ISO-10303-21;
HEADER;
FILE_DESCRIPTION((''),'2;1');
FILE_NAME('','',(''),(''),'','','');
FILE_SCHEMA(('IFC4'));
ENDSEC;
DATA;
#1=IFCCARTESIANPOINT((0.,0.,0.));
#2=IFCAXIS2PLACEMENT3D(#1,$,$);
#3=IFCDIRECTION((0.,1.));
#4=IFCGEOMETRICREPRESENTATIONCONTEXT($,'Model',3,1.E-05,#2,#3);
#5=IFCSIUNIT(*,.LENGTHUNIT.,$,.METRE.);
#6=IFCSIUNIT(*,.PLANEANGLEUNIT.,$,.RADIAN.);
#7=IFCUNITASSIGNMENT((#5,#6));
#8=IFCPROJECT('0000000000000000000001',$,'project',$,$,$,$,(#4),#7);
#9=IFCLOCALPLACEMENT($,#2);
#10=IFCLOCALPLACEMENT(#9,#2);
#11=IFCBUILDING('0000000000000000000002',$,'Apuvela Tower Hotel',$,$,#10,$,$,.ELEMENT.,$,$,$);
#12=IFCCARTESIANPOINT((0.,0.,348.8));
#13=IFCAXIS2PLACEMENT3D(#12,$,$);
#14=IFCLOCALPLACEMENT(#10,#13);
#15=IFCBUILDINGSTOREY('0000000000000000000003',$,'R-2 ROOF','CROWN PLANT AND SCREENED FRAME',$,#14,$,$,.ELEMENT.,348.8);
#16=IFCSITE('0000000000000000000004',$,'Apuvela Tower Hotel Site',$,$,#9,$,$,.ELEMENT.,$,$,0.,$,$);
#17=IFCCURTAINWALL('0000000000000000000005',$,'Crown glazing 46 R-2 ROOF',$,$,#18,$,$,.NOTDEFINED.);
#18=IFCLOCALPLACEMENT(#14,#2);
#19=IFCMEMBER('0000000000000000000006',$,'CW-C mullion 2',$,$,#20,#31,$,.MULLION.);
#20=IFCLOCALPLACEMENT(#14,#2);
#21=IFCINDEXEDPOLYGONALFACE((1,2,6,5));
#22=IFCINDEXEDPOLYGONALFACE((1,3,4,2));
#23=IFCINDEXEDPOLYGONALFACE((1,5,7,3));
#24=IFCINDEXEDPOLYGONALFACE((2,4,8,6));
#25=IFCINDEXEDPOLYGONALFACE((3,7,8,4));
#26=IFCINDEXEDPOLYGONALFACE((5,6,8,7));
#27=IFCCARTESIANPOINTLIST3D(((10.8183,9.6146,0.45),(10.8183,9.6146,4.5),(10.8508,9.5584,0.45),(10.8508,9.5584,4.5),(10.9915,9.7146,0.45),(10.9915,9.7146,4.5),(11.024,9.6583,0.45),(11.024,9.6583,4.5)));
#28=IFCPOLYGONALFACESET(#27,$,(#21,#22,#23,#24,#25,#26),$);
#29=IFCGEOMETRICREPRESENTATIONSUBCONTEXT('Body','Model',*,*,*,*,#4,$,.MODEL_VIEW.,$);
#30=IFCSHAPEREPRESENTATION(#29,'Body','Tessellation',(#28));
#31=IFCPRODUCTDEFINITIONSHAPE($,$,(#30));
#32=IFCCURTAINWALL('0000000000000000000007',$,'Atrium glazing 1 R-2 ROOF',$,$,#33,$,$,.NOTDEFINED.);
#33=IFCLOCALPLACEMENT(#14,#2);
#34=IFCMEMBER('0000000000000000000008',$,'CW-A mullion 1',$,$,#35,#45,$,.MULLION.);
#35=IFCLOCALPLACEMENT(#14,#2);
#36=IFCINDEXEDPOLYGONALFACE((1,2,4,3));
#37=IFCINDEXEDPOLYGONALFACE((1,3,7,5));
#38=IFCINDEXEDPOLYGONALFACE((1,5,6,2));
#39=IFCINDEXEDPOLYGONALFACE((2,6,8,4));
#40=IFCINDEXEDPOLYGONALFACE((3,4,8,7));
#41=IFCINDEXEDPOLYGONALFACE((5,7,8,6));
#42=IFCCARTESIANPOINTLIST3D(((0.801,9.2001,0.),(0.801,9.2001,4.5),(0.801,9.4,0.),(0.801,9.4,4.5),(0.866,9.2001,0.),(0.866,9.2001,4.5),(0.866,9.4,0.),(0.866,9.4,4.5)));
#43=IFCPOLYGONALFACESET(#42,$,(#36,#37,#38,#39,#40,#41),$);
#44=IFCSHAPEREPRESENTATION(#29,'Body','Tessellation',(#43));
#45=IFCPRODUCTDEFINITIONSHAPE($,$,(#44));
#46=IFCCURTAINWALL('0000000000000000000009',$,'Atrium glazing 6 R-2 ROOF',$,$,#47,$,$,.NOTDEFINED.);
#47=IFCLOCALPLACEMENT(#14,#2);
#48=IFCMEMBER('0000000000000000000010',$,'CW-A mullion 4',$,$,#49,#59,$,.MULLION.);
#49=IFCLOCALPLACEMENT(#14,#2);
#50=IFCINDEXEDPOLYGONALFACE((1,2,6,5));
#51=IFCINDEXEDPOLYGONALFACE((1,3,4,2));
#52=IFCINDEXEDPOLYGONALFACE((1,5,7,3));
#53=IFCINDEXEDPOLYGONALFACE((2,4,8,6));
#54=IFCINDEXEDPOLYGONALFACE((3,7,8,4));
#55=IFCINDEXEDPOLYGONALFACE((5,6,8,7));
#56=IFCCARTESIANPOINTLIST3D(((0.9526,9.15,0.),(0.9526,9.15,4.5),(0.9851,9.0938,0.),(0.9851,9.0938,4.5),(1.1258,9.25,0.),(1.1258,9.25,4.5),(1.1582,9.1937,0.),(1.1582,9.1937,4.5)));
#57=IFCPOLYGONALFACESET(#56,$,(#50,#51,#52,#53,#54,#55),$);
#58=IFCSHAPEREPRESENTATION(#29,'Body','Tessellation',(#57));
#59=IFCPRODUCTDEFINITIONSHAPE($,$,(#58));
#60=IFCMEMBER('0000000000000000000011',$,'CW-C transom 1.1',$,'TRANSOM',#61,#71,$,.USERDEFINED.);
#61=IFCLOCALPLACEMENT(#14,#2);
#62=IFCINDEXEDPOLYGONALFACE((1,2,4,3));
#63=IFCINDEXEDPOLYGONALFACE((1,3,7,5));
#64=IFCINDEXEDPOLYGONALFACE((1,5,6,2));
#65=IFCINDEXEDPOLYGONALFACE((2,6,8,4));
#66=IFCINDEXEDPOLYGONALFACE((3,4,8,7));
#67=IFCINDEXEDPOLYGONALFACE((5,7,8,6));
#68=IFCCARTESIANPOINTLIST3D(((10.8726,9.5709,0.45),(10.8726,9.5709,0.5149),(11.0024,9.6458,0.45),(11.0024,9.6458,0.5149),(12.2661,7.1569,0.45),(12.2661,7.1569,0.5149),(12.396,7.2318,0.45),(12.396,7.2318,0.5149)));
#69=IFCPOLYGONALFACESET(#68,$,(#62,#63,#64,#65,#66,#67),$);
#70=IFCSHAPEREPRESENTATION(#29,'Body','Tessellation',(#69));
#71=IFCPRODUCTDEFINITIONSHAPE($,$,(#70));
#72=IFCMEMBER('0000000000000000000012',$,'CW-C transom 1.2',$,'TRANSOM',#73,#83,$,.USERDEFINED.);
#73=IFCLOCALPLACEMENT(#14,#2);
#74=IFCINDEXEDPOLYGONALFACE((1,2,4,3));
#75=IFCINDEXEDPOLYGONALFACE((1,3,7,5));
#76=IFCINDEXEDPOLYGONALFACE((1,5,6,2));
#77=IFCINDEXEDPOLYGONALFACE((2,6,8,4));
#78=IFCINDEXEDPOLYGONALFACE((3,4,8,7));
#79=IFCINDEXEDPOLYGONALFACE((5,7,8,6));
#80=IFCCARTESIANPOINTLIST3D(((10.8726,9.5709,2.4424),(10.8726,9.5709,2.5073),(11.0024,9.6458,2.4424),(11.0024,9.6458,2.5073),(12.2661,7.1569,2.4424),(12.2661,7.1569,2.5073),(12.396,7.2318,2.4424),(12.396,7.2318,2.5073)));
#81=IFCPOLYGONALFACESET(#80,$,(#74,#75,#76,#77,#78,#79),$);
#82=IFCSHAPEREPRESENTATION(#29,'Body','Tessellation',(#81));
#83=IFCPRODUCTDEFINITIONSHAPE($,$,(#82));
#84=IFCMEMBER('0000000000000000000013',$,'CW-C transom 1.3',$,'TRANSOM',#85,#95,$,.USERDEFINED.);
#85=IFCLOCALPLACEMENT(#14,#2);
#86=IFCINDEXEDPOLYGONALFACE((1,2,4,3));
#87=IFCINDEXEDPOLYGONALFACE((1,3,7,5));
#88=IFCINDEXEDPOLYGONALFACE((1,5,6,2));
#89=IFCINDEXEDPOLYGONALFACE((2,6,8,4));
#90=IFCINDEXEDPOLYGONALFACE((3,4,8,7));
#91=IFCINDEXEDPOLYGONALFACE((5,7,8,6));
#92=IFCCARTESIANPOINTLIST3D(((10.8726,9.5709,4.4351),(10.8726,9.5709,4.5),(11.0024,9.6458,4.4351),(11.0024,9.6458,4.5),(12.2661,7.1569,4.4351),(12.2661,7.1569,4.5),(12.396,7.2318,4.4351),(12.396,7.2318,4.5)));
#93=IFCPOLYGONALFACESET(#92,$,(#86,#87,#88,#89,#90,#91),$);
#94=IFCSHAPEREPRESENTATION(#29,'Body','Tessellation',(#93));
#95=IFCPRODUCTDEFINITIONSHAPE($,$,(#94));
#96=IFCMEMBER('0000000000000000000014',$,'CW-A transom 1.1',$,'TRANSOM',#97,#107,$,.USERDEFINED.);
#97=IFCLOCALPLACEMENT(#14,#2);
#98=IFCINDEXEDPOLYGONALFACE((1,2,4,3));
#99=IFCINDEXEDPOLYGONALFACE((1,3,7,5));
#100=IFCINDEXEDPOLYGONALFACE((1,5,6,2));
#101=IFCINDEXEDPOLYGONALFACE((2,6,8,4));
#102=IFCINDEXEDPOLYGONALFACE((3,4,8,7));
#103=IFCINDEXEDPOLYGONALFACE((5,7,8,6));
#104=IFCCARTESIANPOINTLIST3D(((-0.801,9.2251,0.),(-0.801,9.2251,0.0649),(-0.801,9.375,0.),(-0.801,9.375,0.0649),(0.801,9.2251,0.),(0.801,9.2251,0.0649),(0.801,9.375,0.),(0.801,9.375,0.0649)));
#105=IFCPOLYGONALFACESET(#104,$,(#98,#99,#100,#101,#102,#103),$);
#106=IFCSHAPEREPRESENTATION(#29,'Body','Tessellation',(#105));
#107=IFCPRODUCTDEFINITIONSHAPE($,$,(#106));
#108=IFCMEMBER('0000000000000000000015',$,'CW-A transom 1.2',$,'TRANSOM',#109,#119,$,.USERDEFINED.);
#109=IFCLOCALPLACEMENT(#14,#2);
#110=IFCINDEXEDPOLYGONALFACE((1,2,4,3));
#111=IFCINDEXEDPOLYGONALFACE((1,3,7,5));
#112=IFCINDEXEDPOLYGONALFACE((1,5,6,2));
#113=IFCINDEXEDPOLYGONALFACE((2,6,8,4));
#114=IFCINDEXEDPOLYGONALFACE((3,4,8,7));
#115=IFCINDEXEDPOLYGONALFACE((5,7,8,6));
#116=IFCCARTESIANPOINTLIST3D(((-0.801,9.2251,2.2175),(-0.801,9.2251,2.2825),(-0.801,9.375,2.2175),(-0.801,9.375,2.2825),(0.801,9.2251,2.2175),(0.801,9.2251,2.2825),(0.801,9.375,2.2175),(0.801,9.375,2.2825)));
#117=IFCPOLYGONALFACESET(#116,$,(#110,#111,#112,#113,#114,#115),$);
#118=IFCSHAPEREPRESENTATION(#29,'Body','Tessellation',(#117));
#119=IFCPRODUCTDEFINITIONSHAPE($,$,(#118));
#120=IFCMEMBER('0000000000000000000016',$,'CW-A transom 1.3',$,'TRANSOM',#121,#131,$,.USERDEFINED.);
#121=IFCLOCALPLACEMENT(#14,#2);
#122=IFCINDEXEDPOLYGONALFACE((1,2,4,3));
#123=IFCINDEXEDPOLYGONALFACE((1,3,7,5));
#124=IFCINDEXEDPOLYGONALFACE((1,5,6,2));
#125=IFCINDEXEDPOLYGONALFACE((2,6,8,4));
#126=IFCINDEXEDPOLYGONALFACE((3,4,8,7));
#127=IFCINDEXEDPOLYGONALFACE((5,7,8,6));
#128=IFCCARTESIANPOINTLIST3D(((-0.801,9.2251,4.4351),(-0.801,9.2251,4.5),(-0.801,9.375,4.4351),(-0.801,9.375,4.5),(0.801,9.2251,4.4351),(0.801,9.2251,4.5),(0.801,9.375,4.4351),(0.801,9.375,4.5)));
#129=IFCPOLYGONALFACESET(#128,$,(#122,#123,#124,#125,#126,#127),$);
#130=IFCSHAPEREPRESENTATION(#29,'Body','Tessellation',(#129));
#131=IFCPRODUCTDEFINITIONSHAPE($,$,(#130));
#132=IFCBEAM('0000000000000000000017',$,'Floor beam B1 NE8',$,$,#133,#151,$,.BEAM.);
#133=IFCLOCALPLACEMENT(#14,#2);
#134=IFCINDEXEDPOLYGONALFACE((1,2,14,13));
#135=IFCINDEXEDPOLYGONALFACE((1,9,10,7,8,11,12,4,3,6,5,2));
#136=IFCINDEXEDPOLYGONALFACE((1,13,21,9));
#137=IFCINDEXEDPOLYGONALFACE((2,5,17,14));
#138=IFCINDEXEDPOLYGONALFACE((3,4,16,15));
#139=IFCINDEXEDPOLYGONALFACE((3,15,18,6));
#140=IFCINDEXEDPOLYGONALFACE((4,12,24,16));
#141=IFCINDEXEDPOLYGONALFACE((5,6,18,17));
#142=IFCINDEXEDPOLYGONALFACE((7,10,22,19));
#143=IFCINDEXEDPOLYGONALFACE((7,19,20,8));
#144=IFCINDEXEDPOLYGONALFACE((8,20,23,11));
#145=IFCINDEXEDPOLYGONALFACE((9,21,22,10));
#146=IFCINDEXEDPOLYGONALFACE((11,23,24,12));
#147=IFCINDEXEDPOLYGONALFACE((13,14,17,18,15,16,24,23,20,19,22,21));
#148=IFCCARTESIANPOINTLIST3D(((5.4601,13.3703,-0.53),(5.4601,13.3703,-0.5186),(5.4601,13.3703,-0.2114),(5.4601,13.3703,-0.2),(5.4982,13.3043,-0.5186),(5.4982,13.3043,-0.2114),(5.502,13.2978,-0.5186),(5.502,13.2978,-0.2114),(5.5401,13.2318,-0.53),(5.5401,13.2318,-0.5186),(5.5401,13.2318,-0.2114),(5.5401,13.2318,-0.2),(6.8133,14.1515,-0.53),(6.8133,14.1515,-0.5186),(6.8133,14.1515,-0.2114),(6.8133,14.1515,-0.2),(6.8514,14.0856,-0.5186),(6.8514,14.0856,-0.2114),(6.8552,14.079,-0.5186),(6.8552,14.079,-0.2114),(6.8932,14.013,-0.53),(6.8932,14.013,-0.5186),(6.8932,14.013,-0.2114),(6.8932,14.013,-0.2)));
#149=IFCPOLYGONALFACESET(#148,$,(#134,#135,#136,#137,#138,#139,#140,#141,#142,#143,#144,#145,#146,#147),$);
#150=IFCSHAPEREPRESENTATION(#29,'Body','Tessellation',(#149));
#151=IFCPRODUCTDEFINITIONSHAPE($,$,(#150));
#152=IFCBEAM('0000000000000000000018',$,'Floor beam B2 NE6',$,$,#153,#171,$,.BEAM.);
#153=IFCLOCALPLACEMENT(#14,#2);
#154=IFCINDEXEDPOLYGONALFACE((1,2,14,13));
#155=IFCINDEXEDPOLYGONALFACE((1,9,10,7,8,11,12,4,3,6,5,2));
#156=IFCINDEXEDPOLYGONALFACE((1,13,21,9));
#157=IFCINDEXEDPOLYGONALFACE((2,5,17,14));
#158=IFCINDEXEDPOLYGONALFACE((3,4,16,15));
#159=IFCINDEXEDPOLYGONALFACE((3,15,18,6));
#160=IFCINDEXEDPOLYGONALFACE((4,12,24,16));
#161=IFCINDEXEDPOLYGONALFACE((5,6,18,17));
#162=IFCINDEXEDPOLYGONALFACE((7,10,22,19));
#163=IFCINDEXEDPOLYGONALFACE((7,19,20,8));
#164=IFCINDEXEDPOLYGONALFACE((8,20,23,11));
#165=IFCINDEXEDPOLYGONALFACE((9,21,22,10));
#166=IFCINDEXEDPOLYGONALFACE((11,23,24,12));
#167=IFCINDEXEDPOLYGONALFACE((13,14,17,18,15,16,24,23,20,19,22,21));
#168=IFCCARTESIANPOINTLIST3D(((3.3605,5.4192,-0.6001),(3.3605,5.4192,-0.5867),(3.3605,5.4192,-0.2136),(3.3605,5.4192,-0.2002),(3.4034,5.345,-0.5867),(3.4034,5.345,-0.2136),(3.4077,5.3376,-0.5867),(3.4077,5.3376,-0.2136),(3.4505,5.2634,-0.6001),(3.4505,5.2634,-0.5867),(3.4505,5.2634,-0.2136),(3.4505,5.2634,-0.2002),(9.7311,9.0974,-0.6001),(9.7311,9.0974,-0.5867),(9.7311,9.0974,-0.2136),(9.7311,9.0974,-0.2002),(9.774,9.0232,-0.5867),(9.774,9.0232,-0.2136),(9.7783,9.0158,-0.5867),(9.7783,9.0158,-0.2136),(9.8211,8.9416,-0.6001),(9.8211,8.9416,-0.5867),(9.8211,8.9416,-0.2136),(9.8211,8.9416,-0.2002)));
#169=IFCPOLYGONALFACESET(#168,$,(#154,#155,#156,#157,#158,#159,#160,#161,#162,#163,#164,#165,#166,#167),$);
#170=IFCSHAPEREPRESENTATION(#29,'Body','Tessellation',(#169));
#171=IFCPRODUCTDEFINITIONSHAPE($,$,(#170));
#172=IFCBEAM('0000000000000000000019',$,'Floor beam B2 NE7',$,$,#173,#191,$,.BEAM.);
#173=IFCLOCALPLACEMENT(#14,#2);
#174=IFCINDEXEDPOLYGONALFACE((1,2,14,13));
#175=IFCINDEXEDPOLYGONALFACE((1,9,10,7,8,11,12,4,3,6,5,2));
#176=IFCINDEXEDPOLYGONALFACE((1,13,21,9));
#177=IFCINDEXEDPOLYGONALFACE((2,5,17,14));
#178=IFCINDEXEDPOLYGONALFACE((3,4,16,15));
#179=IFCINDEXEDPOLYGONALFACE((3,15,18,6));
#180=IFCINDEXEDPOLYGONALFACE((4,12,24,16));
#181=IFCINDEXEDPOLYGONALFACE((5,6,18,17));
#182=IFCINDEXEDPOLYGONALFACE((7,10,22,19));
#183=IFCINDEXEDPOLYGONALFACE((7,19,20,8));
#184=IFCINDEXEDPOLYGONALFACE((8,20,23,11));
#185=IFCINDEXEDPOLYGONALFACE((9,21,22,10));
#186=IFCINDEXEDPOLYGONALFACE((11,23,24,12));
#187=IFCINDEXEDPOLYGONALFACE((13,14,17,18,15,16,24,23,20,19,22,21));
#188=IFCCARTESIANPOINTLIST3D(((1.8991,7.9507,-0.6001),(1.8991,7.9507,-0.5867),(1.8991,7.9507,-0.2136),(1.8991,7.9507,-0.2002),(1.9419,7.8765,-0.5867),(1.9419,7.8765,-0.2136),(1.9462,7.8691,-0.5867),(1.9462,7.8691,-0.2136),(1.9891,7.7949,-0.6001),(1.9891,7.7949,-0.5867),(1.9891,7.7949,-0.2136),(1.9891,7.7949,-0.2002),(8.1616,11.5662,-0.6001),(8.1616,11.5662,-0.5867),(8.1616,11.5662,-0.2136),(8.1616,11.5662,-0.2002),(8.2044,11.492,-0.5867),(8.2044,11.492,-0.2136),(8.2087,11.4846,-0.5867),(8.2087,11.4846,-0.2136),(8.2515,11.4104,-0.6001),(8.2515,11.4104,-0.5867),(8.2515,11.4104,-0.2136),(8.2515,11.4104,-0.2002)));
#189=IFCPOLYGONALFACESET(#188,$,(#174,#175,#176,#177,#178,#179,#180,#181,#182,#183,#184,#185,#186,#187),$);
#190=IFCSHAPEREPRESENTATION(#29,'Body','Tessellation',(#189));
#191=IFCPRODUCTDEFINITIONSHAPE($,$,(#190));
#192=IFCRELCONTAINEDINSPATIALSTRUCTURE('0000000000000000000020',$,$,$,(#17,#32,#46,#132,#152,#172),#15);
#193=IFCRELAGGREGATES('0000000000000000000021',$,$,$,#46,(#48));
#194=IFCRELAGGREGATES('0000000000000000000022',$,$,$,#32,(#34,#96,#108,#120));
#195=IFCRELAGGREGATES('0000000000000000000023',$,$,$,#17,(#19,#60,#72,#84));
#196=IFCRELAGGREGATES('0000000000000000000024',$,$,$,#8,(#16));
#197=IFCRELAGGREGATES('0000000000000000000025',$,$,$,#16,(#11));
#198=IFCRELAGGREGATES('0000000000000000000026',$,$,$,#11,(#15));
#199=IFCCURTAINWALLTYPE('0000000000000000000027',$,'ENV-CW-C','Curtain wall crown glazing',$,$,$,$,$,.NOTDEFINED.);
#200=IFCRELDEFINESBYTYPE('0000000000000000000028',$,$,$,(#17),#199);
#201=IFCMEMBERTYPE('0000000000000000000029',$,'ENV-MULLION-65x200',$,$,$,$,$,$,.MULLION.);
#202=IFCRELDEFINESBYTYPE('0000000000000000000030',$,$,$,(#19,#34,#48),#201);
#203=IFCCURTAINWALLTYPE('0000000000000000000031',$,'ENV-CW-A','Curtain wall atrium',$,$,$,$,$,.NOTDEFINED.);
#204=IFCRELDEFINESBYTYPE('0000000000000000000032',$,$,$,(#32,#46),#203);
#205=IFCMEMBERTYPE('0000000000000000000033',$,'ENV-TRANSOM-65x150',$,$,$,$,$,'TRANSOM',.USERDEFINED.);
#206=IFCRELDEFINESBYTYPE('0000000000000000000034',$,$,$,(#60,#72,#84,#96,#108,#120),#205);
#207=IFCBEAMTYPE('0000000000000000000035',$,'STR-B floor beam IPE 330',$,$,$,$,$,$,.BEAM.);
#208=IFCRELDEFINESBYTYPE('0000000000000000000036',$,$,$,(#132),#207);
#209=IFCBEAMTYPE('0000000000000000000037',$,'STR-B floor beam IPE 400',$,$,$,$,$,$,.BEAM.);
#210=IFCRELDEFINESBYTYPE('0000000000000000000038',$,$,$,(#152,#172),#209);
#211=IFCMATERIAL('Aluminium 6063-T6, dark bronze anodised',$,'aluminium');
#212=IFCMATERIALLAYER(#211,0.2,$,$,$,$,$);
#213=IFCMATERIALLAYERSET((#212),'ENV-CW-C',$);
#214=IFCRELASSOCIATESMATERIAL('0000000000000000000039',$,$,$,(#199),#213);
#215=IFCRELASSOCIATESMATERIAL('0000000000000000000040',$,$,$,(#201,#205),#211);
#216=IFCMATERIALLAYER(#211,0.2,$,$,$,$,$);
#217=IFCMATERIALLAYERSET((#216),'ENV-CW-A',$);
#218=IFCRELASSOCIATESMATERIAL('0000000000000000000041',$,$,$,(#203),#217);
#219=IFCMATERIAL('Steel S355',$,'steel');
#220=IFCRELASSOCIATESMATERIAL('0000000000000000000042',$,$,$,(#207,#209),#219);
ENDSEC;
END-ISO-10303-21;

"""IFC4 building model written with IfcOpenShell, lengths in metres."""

from ifc_helpers import new_model, si_unit, direction, frame, origin, origin_2d, place, context, subcontext, project, spatial, rectangle, i_section, extrude, material, layer, layer_set, material_profile, profile_set, type_object, element, aggregate, save


model = new_model("IFC4")

# Units and contexts
model_context = context("Model", 3, precision=1e-05, world=origin(), true_north=direction((0.0, 1.0)))
body_context = subcontext(model_context, "Body", "Model", "MODEL_VIEW")
ifc_project = project(units=[si_unit("LENGTHUNIT", "METRE"), si_unit("PLANEANGLEUNIT", "RADIAN")], contexts=[model_context])

# Site, building, storey
site_placement = place(None, origin())
site = spatial("IfcSite", under=ifc_project, at=site_placement, Name="Apuvela Tower Hotel Site", CompositionType="ELEMENT", RefElevation=0.0)
building_placement = place(site_placement, origin())
building = spatial("IfcBuilding", under=site, at=building_placement, Name="Apuvela Tower Hotel", CompositionType="ELEMENT")
storey_placement = place(building_placement, frame((0.0, 0.0, 348.8)))
storey = spatial("IfcBuildingStorey", under=building, at=storey_placement, Name="R-2 ROOF", Description="CROWN PLANT AND SCREENED FRAME", CompositionType="ELEMENT", Elevation=348.8)

# Curtain walls, members
ifc_material_1 = material(Name="Aluminium 6063-T6, dark bronze anodised", Category="aluminium")
ifc_layer_1 = layer(ifc_material_1, 0.2)
ifc_layer_set_1 = layer_set([ifc_layer_1], Name="ENV-CW-C")
curtain_wall_type_1 = type_object("IfcCurtainWallType", Name="ENV-CW-C", Description="Curtain wall crown glazing", PredefinedType="NOTDEFINED", material=ifc_layer_set_1)
curtain_wall_1_placement = place(storey_placement, origin())
curtain_wall_1 = element("IfcCurtainWall", 1, at=curtain_wall_1_placement, inside=storey, type_object=curtain_wall_type_1, Name="Crown glazing 46 R-2 ROOF", PredefinedType="NOTDEFINED")
ifc_material_profile_1 = material_profile(ifc_material_1, rectangle(XDim=0.2, YDim=0.0649, at=origin_2d()), Name="AL 65x200")
ifc_profile_set_1 = profile_set([ifc_material_profile_1], Name="Aluminium 6063-T6, dark bronze anodised")
member_type_1 = type_object("IfcMemberType", Name="ENV-MULLION-65x200", PredefinedType="MULLION", material=ifc_profile_set_1)
member_1_placement = place(storey_placement, frame((10.9211, 9.6365, 0.45), z_axis=(0.0, 0.0, 1.0), x_axis=(-0.866022, -0.500006, 0.0)))
member_1 = element("IfcMember", 2, at=member_1_placement, type_object=member_type_1, Name="CW-C mullion 2", PredefinedType="MULLION", context=body_context, shape_type="SweptSolid", body=[
    extrude(rectangle(XDim=0.2, YDim=0.0649, at=origin_2d()), origin(), (0.0, 0.0, 1.0), 4.05),
])
ifc_layer_2 = layer(ifc_material_1, 0.2)
ifc_layer_set_2 = layer_set([ifc_layer_2], Name="ENV-CW-A")
curtain_wall_type_2 = type_object("IfcCurtainWallType", Name="ENV-CW-A", Description="Curtain wall atrium", PredefinedType="NOTDEFINED", material=ifc_layer_set_2)
curtain_wall_2_placement = place(storey_placement, origin())
curtain_wall_2 = element("IfcCurtainWall", 3, at=curtain_wall_2_placement, inside=storey, type_object=curtain_wall_type_2, Name="Atrium glazing 1 R-2 ROOF", PredefinedType="NOTDEFINED")
member_2_placement = place(storey_placement, frame((0.8335, 9.3, 0.0), z_axis=(0.0, 0.0, 1.0), x_axis=(0.0, -1.0, 0.0)))
member_2 = element("IfcMember", 4, at=member_2_placement, type_object=member_type_1, Name="CW-A mullion 1", PredefinedType="MULLION", context=body_context, shape_type="SweptSolid", body=[
    extrude(rectangle(XDim=0.2, YDim=0.0649, at=origin_2d()), origin(), (0.0, 0.0, 1.0), 4.5),
])
curtain_wall_3_placement = place(storey_placement, origin())
curtain_wall_3 = element("IfcCurtainWall", 5, at=curtain_wall_3_placement, inside=storey, type_object=curtain_wall_type_2, Name="Atrium glazing 6 R-2 ROOF", PredefinedType="NOTDEFINED")
member_3_placement = place(storey_placement, frame((1.0554, 9.1719, 0.0), z_axis=(0.0, 0.0, 1.0), x_axis=(-0.866026, -0.499999, 0.0)))
member_3 = element("IfcMember", 6, at=member_3_placement, type_object=member_type_1, Name="CW-A mullion 4", PredefinedType="MULLION", context=body_context, shape_type="SweptSolid", body=[
    extrude(rectangle(XDim=0.2, YDim=0.0649, at=origin_2d()), origin(), (0.0, 0.0, 1.0), 4.5),
])
aggregate(curtain_wall_3, [member_3])

# Members
ifc_material_profile_2 = material_profile(ifc_material_1, rectangle(XDim=0.1499, YDim=0.0649, at=origin_2d()), Name="AL 65x150 transom")
ifc_profile_set_2 = profile_set([ifc_material_profile_2], Name="Aluminium 6063-T6, dark bronze anodised")
member_type_2 = type_object("IfcMemberType", Name="ENV-TRANSOM-65x150", ElementType="TRANSOM", PredefinedType="USERDEFINED", material=ifc_profile_set_2)
member_4_placement = place(storey_placement, frame((12.3311, 7.1943, 0.4824), z_axis=(-0.499945, 0.866057, 0.0), x_axis=(-0.866057, -0.499945, 0.0)))
member_4 = element("IfcMember", 7, at=member_4_placement, type_object=member_type_2, Name="CW-C transom 1.1", ObjectType="TRANSOM", PredefinedType="USERDEFINED", context=body_context, shape_type="SweptSolid", body=[
    extrude(rectangle(XDim=0.1499, YDim=0.0649, at=origin_2d()), origin(), (0.0, 0.0, 1.0), 2.7874),
])
member_5_placement = place(storey_placement, frame((12.3311, 7.1943, 2.4749), z_axis=(-0.499945, 0.866057, 0.0), x_axis=(-0.866057, -0.499945, 0.0)))
member_5 = element("IfcMember", 8, at=member_5_placement, type_object=member_type_2, Name="CW-C transom 1.2", ObjectType="TRANSOM", PredefinedType="USERDEFINED", context=body_context, shape_type="SweptSolid", body=[
    extrude(rectangle(XDim=0.1499, YDim=0.0649, at=origin_2d()), origin(), (0.0, 0.0, 1.0), 2.7874),
])
member_6_placement = place(storey_placement, frame((12.3311, 7.1943, 4.4675), z_axis=(-0.499945, 0.866057, 0.0), x_axis=(-0.866057, -0.499945, 0.0)))
member_6 = element("IfcMember", 9, at=member_6_placement, type_object=member_type_2, Name="CW-C transom 1.3", ObjectType="TRANSOM", PredefinedType="USERDEFINED", context=body_context, shape_type="SweptSolid", body=[
    extrude(rectangle(XDim=0.1499, YDim=0.0649, at=origin_2d()), origin(), (0.0, 0.0, 1.0), 2.7874),
])
member_7_placement = place(storey_placement, frame((0.801, 9.3, 0.0325), z_axis=(-1.0, 0.0, 0.0), x_axis=(0.0, -1.0, 0.0)))
member_7 = element("IfcMember", 10, at=member_7_placement, type_object=member_type_2, Name="CW-A transom 1.1", ObjectType="TRANSOM", PredefinedType="USERDEFINED", context=body_context, shape_type="SweptSolid", body=[
    extrude(rectangle(XDim=0.1499, YDim=0.0649, at=origin_2d()), origin(), (0.0, 0.0, 1.0), 1.6021),
])
member_8_placement = place(storey_placement, frame((0.801, 9.3, 2.25), z_axis=(-1.0, 0.0, 0.0), x_axis=(0.0, -1.0, 0.0)))
member_8 = element("IfcMember", 11, at=member_8_placement, type_object=member_type_2, Name="CW-A transom 1.2", ObjectType="TRANSOM", PredefinedType="USERDEFINED", context=body_context, shape_type="SweptSolid", body=[
    extrude(rectangle(XDim=0.1499, YDim=0.0649, at=origin_2d()), origin(), (0.0, 0.0, 1.0), 1.6021),
])
member_9_placement = place(storey_placement, frame((0.801, 9.3, 4.4675), z_axis=(-1.0, 0.0, 0.0), x_axis=(0.0, -1.0, 0.0)))
member_9 = element("IfcMember", 12, at=member_9_placement, type_object=member_type_2, Name="CW-A transom 1.3", ObjectType="TRANSOM", PredefinedType="USERDEFINED", context=body_context, shape_type="SweptSolid", body=[
    extrude(rectangle(XDim=0.1499, YDim=0.0649, at=origin_2d()), origin(), (0.0, 0.0, 1.0), 1.6021),
])
aggregate(curtain_wall_2, [member_2, member_7, member_8, member_9])

# Beams
ifc_material_2 = material(Name="Steel S355", Category="steel")
ifc_material_profile_3 = material_profile(ifc_material_2, i_section(OverallWidth=0.1599, OverallDepth=0.3301, WebThickness=0.0076, FlangeThickness=0.0115, at=origin_2d()), Name="IPE 330")
ifc_profile_set_3 = profile_set([ifc_material_profile_3], Name="Steel S355")
beam_type_1 = type_object("IfcBeamType", Name="STR-B floor beam IPE 330", PredefinedType="BEAM", material=ifc_profile_set_3)
beam_1_placement = place(storey_placement, frame((6.8533, 14.0823, -0.365), z_axis=(-0.866042, -0.49997, 0.0), x_axis=(0.49997, -0.866042, 0.0)))
element("IfcBeam", 13, at=beam_1_placement, inside=storey, type_object=beam_type_1, Name="Floor beam B1 NE8", PredefinedType="BEAM", context=body_context, shape_type="SweptSolid", body=[
    extrude(i_section(OverallWidth=0.1599, OverallDepth=0.3301, WebThickness=0.0076, FlangeThickness=0.0115, at=origin_2d()), origin(), (0.0, 0.0, 1.0), 1.5625),
])
ifc_material_profile_4 = material_profile(ifc_material_2, i_section(OverallWidth=0.1799, OverallDepth=0.3999, WebThickness=0.0085, FlangeThickness=0.0134, at=origin_2d()), Name="IPE 400")
ifc_profile_set_4 = profile_set([ifc_material_profile_4], Name="Steel S355")
beam_type_2 = type_object("IfcBeamType", Name="STR-B floor beam IPE 400", PredefinedType="BEAM", material=ifc_profile_set_4)
beam_2_placement = place(storey_placement, frame((9.7761, 9.0195, -0.4001), z_axis=(-0.866016, -0.500015, 0.0), x_axis=(0.500015, -0.866016, 0.0)))
element("IfcBeam", 14, at=beam_2_placement, inside=storey, type_object=beam_type_2, Name="Floor beam B2 NE6", PredefinedType="BEAM", context=body_context, shape_type="SweptSolid", body=[
    extrude(i_section(OverallWidth=0.1799, OverallDepth=0.3999, WebThickness=0.0085, FlangeThickness=0.0134, at=origin_2d()), origin(), (0.0, 0.0, 1.0), 7.3562),
])
beam_3_placement = place(storey_placement, frame((8.2065, 11.4883, -0.4001), z_axis=(-0.866034, -0.499985, 0.0), x_axis=(0.499985, -0.866034, 0.0)))
element("IfcBeam", 15, at=beam_3_placement, inside=storey, type_object=beam_type_2, Name="Floor beam B2 NE7", PredefinedType="BEAM", context=body_context, shape_type="SweptSolid", body=[
    extrude(i_section(OverallWidth=0.1799, OverallDepth=0.3999, WebThickness=0.0085, FlangeThickness=0.0134, at=origin_2d()), origin(), (0.0, 0.0, 1.0), 7.2312),
])

aggregate(curtain_wall_1, [member_1, member_4, member_5, member_6])

save(model, "model.ifc")
